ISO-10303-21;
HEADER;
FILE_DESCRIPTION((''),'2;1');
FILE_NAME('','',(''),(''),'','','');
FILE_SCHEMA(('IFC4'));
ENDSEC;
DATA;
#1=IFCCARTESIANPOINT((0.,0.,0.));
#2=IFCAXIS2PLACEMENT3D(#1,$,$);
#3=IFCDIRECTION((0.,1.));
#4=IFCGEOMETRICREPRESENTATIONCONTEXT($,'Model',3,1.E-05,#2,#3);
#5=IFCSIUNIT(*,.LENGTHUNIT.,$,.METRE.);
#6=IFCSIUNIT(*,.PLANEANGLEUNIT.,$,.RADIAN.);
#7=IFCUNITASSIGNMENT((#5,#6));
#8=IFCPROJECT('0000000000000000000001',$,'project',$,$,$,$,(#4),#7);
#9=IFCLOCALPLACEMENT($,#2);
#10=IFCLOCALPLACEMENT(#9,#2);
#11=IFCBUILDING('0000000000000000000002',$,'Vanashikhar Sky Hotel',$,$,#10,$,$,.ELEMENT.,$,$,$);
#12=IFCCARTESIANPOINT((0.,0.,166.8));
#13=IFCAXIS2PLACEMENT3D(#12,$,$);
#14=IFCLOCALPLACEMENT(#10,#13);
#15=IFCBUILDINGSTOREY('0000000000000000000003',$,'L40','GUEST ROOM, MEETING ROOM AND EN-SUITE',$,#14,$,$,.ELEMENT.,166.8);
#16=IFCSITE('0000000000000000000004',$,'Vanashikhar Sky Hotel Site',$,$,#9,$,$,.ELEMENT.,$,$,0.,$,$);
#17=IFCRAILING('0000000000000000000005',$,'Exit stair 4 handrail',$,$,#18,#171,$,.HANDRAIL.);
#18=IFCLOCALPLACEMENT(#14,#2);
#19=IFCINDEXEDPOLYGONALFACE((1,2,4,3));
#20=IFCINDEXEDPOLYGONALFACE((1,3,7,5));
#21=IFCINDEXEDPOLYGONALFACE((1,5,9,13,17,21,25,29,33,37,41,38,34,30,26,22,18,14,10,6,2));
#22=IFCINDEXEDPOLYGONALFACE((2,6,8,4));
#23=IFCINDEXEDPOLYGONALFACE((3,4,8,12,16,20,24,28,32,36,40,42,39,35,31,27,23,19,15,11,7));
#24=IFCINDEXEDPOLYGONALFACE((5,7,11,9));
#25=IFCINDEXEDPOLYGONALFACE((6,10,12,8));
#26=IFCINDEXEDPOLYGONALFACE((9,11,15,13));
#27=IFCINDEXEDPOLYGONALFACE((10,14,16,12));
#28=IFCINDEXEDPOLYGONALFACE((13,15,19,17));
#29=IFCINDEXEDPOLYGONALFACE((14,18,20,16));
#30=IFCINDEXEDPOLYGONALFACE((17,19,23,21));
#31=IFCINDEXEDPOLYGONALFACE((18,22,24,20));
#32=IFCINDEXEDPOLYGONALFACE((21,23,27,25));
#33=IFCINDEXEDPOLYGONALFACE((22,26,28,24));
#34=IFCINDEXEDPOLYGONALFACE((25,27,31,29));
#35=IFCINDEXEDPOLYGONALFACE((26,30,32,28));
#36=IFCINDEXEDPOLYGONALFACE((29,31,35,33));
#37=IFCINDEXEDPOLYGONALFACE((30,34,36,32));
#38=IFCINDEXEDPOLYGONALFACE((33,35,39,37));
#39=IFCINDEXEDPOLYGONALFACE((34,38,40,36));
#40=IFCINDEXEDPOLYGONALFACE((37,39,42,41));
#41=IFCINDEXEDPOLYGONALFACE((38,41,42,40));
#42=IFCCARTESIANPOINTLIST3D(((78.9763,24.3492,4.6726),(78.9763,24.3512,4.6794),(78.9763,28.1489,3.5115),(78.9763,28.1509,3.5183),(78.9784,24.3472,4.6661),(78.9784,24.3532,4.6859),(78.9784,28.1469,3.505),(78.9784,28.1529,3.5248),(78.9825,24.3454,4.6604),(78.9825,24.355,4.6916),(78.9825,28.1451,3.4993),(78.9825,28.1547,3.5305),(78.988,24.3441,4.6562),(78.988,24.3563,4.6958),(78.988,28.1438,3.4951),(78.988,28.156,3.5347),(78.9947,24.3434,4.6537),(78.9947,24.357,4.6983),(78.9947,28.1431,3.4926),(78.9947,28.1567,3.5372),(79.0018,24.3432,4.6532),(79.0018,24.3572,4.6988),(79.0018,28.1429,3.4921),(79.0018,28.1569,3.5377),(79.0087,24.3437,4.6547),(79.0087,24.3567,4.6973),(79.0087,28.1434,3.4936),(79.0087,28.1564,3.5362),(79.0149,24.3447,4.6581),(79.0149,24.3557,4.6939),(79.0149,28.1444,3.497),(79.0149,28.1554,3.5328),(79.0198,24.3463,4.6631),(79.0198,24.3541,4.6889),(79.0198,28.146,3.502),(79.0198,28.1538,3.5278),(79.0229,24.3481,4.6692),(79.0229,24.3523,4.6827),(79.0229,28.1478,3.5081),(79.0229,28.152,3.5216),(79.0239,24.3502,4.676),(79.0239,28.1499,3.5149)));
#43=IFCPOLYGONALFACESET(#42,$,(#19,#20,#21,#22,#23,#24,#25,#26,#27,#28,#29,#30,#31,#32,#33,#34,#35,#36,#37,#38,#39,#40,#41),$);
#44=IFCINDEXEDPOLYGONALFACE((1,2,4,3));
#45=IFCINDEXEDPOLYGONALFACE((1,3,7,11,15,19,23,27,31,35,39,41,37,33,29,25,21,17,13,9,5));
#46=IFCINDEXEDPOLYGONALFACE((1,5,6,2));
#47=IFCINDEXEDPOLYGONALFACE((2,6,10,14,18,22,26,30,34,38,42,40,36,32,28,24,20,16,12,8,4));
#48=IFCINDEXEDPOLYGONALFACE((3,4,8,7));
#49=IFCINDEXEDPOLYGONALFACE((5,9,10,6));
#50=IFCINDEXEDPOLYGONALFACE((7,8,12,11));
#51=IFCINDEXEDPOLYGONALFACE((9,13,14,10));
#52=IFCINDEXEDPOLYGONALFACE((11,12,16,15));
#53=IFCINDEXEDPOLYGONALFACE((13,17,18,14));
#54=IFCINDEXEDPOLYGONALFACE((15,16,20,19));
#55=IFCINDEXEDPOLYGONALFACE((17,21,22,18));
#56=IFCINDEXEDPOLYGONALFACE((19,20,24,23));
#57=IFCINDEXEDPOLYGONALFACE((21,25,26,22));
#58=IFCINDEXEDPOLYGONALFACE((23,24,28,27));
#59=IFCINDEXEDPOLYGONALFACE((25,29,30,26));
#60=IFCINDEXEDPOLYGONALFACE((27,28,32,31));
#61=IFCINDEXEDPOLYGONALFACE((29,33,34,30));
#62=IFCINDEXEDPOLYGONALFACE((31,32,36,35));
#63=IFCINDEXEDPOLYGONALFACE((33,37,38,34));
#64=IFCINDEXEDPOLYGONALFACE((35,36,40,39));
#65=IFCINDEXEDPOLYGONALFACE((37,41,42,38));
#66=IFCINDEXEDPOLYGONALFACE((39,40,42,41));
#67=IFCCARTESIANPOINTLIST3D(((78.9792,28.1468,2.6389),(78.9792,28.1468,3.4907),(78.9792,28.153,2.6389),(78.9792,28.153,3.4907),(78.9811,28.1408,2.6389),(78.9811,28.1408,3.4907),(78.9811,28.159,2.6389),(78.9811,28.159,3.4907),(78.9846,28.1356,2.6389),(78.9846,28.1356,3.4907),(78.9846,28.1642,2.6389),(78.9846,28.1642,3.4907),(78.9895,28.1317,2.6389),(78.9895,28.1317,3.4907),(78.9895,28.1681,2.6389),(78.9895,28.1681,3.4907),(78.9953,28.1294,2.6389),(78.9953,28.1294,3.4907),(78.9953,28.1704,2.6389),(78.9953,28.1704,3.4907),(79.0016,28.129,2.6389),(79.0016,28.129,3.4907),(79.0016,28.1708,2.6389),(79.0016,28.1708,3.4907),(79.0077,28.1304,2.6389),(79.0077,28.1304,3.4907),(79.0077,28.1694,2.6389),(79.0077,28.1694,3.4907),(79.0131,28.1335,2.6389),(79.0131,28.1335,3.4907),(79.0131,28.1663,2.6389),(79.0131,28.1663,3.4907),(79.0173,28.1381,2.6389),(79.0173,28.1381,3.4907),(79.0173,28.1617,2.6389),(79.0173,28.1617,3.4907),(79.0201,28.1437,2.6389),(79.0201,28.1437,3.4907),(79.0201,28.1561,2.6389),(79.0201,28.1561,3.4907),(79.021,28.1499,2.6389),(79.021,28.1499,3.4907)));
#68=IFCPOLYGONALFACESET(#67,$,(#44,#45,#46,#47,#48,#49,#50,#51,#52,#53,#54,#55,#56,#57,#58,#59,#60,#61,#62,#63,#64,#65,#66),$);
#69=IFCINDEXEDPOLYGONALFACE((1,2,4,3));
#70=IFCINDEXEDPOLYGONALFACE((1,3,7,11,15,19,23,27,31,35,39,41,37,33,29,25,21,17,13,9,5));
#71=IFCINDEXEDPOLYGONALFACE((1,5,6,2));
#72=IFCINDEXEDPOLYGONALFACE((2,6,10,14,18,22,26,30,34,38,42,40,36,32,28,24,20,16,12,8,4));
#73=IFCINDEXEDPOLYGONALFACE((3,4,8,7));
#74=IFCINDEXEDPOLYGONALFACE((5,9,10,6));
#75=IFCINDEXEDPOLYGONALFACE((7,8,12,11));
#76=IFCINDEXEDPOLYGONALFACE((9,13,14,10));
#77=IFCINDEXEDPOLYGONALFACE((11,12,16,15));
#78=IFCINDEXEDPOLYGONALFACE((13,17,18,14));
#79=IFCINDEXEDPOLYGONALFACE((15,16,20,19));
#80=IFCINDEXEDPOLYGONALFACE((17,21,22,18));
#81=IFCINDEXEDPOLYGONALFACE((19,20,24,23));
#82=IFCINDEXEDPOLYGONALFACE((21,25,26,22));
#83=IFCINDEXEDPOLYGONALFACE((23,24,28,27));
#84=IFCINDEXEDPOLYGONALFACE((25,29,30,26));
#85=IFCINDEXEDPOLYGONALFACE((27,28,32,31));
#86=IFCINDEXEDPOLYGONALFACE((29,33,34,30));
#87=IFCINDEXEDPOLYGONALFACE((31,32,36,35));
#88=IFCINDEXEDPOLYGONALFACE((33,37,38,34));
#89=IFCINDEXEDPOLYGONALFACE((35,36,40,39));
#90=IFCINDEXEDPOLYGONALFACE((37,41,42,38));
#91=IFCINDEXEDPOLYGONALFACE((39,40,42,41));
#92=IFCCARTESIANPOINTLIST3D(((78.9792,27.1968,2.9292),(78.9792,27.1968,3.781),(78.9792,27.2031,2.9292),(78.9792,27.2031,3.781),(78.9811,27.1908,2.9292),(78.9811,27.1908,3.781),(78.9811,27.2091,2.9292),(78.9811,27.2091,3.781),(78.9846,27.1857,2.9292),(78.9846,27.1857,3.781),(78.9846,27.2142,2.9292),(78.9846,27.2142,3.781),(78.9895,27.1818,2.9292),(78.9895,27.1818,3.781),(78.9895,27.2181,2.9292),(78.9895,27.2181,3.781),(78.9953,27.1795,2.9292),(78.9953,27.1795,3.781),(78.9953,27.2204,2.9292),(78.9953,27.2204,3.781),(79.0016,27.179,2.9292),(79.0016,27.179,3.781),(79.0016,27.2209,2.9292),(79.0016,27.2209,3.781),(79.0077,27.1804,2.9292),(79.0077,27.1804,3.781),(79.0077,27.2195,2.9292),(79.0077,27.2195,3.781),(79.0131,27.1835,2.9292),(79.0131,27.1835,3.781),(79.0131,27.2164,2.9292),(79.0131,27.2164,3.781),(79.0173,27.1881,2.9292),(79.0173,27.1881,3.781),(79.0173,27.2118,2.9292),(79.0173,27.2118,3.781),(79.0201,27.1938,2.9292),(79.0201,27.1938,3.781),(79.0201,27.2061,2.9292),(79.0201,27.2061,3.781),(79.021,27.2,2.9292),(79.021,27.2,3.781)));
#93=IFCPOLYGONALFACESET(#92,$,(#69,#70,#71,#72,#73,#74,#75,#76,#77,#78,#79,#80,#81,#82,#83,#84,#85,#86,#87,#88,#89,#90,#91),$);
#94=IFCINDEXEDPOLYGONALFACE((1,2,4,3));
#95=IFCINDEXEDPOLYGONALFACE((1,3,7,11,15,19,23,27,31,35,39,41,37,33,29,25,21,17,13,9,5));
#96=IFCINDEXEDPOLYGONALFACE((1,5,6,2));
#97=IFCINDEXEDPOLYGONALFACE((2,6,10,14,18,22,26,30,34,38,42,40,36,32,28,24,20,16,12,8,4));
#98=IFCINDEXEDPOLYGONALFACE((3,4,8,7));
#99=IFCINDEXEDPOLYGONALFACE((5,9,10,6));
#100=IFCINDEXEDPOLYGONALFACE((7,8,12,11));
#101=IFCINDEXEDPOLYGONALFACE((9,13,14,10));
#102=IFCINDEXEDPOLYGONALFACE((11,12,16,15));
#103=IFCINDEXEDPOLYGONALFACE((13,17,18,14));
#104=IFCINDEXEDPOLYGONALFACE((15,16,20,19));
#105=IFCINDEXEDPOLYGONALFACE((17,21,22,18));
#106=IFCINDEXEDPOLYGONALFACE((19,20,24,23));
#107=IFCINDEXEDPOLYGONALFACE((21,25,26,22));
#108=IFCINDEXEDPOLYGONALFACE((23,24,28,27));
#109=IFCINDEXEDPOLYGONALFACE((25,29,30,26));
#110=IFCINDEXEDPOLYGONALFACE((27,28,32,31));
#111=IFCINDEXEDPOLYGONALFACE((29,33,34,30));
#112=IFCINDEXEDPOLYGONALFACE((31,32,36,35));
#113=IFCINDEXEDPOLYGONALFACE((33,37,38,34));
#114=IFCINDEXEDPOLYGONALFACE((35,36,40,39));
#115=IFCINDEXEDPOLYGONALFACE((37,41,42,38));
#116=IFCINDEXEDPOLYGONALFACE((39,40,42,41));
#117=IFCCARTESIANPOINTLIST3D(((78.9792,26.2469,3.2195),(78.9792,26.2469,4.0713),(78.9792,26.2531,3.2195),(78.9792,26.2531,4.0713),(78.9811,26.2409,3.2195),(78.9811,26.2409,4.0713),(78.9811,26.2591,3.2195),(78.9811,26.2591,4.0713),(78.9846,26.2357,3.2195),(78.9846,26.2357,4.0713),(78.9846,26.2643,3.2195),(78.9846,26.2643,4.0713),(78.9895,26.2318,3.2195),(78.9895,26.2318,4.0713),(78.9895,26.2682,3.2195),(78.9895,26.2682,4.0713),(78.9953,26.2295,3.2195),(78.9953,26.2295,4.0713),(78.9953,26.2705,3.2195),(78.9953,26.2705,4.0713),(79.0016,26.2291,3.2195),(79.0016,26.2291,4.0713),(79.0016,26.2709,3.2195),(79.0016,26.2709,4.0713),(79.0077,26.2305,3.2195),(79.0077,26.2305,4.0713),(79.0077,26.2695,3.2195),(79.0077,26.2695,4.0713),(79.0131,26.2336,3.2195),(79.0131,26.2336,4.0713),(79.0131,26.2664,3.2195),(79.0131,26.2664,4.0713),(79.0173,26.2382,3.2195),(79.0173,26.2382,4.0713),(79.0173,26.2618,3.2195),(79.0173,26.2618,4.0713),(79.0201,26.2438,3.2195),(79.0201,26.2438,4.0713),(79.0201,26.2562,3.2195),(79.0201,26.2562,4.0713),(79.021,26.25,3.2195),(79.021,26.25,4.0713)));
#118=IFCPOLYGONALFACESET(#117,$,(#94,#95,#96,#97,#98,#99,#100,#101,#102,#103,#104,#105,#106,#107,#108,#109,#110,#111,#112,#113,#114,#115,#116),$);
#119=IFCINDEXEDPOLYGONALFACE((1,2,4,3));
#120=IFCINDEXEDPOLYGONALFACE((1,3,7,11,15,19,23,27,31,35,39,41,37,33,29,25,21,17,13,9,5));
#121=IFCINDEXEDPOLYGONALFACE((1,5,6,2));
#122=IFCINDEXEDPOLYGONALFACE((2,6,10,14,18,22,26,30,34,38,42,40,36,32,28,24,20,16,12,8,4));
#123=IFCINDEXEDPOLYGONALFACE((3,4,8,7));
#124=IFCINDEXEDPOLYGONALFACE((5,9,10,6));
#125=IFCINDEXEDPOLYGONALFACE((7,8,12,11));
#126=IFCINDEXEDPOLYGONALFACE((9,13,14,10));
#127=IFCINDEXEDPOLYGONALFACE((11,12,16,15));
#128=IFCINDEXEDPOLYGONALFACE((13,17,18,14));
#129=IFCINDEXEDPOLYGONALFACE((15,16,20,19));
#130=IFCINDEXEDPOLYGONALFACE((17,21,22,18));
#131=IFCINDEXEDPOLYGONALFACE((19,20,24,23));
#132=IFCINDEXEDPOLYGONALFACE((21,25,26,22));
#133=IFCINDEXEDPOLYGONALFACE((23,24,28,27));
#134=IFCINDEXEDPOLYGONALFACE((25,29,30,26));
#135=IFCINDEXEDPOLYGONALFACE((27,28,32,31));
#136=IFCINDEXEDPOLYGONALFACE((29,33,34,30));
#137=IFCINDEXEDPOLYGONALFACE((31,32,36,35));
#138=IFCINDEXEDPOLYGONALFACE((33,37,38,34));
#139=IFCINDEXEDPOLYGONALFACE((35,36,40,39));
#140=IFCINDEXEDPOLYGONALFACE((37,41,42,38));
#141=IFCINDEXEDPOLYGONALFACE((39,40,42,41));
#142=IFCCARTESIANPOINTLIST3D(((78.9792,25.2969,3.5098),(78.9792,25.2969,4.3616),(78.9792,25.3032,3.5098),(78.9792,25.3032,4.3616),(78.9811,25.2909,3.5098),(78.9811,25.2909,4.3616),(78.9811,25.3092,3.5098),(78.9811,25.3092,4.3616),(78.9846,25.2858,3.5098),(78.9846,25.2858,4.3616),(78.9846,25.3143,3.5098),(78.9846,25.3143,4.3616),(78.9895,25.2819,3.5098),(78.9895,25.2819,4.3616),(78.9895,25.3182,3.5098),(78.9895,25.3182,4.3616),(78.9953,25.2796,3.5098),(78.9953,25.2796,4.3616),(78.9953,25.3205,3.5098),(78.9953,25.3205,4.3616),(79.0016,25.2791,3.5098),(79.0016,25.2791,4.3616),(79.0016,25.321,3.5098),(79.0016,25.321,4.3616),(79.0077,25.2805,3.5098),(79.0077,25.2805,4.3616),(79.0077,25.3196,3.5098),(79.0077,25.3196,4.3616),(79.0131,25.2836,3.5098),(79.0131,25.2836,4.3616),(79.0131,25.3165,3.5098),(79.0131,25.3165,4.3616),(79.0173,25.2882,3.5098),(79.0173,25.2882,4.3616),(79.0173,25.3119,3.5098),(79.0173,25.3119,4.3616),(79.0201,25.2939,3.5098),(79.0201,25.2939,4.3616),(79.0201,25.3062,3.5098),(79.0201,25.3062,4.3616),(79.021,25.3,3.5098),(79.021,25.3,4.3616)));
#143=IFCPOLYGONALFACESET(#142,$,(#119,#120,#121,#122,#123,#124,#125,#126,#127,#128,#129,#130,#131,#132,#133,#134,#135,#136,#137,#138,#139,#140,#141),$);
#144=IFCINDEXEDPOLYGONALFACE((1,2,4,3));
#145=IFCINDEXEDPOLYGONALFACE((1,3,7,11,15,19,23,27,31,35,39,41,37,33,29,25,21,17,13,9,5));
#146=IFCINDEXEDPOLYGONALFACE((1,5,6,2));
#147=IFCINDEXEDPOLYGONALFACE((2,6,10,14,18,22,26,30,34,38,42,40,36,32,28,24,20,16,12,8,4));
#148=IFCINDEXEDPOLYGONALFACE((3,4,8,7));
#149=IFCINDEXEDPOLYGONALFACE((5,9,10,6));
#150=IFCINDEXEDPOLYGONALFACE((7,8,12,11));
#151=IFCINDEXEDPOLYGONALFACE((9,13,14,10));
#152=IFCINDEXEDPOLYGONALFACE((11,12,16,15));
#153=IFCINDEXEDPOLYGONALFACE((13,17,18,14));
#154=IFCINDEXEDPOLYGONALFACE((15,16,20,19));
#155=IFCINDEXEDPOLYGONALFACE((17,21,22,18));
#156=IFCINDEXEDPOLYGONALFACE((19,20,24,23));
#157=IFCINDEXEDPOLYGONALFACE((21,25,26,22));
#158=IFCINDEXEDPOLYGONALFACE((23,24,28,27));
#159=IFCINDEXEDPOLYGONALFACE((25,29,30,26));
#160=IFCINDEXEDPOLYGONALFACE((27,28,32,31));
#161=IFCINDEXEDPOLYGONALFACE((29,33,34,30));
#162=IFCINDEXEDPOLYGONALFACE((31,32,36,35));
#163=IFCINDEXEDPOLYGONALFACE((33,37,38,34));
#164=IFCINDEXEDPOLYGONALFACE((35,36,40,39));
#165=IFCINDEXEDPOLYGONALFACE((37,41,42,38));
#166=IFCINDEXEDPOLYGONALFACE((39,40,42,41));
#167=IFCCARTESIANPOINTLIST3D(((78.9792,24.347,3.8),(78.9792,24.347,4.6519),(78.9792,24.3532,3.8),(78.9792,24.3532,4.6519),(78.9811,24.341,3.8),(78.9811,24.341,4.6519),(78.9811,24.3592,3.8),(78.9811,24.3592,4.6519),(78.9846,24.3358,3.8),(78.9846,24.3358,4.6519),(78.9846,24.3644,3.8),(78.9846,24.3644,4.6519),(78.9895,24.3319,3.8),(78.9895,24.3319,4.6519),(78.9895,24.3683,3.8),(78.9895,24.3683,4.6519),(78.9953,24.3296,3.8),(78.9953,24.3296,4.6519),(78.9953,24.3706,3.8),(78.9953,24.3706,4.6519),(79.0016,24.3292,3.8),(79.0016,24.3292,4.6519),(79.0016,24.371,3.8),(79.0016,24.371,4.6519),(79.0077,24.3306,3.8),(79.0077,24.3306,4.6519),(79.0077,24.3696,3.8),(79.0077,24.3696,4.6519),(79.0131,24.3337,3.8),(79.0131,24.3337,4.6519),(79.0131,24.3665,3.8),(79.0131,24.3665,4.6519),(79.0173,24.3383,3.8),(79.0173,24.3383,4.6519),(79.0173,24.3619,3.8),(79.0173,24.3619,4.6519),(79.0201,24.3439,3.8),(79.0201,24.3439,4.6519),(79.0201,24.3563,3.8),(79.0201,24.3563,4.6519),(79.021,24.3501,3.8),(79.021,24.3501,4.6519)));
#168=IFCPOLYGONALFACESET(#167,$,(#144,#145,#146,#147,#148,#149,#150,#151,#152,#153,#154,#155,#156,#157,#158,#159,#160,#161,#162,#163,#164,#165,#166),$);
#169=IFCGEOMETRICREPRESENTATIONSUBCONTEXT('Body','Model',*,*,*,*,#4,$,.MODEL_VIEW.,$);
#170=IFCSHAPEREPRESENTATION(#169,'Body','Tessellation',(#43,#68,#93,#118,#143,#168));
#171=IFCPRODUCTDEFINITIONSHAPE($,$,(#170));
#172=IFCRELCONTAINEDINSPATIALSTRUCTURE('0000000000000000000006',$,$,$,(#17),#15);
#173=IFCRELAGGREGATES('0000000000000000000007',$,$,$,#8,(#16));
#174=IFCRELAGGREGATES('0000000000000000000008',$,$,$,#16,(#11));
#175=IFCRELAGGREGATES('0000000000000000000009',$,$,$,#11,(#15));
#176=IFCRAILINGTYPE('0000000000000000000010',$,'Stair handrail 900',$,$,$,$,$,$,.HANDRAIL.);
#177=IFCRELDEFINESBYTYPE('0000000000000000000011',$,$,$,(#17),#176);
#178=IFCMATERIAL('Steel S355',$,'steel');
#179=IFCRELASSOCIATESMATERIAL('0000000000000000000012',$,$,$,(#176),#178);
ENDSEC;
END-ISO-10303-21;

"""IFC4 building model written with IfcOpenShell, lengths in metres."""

from ifc_helpers import new_model, si_unit, direction, frame, origin, origin_2d, place, context, subcontext, project, spatial, circle, extrude, source, transform, mapped, material, type_object, element, save


model = new_model("IFC4")

# Units and contexts
model_context = context("Model", 3, precision=1e-05, world=origin(), true_north=direction((0.0, 1.0)))
body_context = subcontext(model_context, "Body", "Model", "MODEL_VIEW")
ifc_project = project(units=[si_unit("LENGTHUNIT", "METRE"), si_unit("PLANEANGLEUNIT", "RADIAN")], contexts=[model_context])

# Site, building, storey
site_placement = place(None, origin())
site = spatial("IfcSite", under=ifc_project, at=site_placement, Name="Vanashikhar Sky Hotel Site", CompositionType="ELEMENT", RefElevation=0.0)
building_placement = place(site_placement, origin())
building = spatial("IfcBuilding", under=site, at=building_placement, Name="Vanashikhar Sky Hotel", CompositionType="ELEMENT")
storey_placement = place(building_placement, frame((0.0, 0.0, 166.8)))
storey = spatial("IfcBuildingStorey", under=building, at=storey_placement, Name="L40", Description="GUEST ROOM, MEETING ROOM AND EN-SUITE", CompositionType="ELEMENT", Elevation=166.8)

# Railing
ifc_material_1 = material(Name="Steel S355", Category="steel")
railing_type_1 = type_object("IfcRailingType", Name="Stair handrail 900", PredefinedType="HANDRAIL", material=ifc_material_1)
shared_shape_1 = source(origin(), body_context, "Body", "SweptSolid", [
    extrude(circle(Radius=0.0239, at=origin_2d()), frame((0.0, 0.0, 0.876), z_axis=(0.0, -0.956346, 0.292237), x_axis=(1.0, 0.0, 0.0)), (0.0, 0.0, 1.0), 3.9731),
    extrude(circle(Radius=0.021, at=origin_2d()), origin(), (0.0, 0.0, 1.0), 0.8518),
    extrude(circle(Radius=0.021, at=origin_2d()), frame((0.0, -0.95, 0.2903)), (0.0, 0.0, 1.0), 0.8518),
    extrude(circle(Radius=0.021, at=origin_2d()), frame((0.0, -1.8999, 0.5806)), (0.0, 0.0, 1.0), 0.8518),
    extrude(circle(Radius=0.021, at=origin_2d()), frame((0.0, -2.8499, 0.8708)), (0.0, 0.0, 1.0), 0.8518),
    extrude(circle(Radius=0.021, at=origin_2d()), frame((0.0, -3.7998, 1.1611)), (0.0, 0.0, 1.0), 0.8518),
])
for number, where, name in (
    (1, (79.0, 28.1499, 2.6389), "Exit stair 4 handrail"),
):
    element("IfcRailing", number, at=place(storey_placement, frame(where)), inside=storey, type_object=railing_type_1, Name=name, PredefinedType="HANDRAIL", context=body_context, shape_type="MappedRepresentation", body=[
        mapped(shared_shape_1, transform((0.0, 0.0, 0.0), scale=1.0)),
    ])

save(model, "model.ifc")
